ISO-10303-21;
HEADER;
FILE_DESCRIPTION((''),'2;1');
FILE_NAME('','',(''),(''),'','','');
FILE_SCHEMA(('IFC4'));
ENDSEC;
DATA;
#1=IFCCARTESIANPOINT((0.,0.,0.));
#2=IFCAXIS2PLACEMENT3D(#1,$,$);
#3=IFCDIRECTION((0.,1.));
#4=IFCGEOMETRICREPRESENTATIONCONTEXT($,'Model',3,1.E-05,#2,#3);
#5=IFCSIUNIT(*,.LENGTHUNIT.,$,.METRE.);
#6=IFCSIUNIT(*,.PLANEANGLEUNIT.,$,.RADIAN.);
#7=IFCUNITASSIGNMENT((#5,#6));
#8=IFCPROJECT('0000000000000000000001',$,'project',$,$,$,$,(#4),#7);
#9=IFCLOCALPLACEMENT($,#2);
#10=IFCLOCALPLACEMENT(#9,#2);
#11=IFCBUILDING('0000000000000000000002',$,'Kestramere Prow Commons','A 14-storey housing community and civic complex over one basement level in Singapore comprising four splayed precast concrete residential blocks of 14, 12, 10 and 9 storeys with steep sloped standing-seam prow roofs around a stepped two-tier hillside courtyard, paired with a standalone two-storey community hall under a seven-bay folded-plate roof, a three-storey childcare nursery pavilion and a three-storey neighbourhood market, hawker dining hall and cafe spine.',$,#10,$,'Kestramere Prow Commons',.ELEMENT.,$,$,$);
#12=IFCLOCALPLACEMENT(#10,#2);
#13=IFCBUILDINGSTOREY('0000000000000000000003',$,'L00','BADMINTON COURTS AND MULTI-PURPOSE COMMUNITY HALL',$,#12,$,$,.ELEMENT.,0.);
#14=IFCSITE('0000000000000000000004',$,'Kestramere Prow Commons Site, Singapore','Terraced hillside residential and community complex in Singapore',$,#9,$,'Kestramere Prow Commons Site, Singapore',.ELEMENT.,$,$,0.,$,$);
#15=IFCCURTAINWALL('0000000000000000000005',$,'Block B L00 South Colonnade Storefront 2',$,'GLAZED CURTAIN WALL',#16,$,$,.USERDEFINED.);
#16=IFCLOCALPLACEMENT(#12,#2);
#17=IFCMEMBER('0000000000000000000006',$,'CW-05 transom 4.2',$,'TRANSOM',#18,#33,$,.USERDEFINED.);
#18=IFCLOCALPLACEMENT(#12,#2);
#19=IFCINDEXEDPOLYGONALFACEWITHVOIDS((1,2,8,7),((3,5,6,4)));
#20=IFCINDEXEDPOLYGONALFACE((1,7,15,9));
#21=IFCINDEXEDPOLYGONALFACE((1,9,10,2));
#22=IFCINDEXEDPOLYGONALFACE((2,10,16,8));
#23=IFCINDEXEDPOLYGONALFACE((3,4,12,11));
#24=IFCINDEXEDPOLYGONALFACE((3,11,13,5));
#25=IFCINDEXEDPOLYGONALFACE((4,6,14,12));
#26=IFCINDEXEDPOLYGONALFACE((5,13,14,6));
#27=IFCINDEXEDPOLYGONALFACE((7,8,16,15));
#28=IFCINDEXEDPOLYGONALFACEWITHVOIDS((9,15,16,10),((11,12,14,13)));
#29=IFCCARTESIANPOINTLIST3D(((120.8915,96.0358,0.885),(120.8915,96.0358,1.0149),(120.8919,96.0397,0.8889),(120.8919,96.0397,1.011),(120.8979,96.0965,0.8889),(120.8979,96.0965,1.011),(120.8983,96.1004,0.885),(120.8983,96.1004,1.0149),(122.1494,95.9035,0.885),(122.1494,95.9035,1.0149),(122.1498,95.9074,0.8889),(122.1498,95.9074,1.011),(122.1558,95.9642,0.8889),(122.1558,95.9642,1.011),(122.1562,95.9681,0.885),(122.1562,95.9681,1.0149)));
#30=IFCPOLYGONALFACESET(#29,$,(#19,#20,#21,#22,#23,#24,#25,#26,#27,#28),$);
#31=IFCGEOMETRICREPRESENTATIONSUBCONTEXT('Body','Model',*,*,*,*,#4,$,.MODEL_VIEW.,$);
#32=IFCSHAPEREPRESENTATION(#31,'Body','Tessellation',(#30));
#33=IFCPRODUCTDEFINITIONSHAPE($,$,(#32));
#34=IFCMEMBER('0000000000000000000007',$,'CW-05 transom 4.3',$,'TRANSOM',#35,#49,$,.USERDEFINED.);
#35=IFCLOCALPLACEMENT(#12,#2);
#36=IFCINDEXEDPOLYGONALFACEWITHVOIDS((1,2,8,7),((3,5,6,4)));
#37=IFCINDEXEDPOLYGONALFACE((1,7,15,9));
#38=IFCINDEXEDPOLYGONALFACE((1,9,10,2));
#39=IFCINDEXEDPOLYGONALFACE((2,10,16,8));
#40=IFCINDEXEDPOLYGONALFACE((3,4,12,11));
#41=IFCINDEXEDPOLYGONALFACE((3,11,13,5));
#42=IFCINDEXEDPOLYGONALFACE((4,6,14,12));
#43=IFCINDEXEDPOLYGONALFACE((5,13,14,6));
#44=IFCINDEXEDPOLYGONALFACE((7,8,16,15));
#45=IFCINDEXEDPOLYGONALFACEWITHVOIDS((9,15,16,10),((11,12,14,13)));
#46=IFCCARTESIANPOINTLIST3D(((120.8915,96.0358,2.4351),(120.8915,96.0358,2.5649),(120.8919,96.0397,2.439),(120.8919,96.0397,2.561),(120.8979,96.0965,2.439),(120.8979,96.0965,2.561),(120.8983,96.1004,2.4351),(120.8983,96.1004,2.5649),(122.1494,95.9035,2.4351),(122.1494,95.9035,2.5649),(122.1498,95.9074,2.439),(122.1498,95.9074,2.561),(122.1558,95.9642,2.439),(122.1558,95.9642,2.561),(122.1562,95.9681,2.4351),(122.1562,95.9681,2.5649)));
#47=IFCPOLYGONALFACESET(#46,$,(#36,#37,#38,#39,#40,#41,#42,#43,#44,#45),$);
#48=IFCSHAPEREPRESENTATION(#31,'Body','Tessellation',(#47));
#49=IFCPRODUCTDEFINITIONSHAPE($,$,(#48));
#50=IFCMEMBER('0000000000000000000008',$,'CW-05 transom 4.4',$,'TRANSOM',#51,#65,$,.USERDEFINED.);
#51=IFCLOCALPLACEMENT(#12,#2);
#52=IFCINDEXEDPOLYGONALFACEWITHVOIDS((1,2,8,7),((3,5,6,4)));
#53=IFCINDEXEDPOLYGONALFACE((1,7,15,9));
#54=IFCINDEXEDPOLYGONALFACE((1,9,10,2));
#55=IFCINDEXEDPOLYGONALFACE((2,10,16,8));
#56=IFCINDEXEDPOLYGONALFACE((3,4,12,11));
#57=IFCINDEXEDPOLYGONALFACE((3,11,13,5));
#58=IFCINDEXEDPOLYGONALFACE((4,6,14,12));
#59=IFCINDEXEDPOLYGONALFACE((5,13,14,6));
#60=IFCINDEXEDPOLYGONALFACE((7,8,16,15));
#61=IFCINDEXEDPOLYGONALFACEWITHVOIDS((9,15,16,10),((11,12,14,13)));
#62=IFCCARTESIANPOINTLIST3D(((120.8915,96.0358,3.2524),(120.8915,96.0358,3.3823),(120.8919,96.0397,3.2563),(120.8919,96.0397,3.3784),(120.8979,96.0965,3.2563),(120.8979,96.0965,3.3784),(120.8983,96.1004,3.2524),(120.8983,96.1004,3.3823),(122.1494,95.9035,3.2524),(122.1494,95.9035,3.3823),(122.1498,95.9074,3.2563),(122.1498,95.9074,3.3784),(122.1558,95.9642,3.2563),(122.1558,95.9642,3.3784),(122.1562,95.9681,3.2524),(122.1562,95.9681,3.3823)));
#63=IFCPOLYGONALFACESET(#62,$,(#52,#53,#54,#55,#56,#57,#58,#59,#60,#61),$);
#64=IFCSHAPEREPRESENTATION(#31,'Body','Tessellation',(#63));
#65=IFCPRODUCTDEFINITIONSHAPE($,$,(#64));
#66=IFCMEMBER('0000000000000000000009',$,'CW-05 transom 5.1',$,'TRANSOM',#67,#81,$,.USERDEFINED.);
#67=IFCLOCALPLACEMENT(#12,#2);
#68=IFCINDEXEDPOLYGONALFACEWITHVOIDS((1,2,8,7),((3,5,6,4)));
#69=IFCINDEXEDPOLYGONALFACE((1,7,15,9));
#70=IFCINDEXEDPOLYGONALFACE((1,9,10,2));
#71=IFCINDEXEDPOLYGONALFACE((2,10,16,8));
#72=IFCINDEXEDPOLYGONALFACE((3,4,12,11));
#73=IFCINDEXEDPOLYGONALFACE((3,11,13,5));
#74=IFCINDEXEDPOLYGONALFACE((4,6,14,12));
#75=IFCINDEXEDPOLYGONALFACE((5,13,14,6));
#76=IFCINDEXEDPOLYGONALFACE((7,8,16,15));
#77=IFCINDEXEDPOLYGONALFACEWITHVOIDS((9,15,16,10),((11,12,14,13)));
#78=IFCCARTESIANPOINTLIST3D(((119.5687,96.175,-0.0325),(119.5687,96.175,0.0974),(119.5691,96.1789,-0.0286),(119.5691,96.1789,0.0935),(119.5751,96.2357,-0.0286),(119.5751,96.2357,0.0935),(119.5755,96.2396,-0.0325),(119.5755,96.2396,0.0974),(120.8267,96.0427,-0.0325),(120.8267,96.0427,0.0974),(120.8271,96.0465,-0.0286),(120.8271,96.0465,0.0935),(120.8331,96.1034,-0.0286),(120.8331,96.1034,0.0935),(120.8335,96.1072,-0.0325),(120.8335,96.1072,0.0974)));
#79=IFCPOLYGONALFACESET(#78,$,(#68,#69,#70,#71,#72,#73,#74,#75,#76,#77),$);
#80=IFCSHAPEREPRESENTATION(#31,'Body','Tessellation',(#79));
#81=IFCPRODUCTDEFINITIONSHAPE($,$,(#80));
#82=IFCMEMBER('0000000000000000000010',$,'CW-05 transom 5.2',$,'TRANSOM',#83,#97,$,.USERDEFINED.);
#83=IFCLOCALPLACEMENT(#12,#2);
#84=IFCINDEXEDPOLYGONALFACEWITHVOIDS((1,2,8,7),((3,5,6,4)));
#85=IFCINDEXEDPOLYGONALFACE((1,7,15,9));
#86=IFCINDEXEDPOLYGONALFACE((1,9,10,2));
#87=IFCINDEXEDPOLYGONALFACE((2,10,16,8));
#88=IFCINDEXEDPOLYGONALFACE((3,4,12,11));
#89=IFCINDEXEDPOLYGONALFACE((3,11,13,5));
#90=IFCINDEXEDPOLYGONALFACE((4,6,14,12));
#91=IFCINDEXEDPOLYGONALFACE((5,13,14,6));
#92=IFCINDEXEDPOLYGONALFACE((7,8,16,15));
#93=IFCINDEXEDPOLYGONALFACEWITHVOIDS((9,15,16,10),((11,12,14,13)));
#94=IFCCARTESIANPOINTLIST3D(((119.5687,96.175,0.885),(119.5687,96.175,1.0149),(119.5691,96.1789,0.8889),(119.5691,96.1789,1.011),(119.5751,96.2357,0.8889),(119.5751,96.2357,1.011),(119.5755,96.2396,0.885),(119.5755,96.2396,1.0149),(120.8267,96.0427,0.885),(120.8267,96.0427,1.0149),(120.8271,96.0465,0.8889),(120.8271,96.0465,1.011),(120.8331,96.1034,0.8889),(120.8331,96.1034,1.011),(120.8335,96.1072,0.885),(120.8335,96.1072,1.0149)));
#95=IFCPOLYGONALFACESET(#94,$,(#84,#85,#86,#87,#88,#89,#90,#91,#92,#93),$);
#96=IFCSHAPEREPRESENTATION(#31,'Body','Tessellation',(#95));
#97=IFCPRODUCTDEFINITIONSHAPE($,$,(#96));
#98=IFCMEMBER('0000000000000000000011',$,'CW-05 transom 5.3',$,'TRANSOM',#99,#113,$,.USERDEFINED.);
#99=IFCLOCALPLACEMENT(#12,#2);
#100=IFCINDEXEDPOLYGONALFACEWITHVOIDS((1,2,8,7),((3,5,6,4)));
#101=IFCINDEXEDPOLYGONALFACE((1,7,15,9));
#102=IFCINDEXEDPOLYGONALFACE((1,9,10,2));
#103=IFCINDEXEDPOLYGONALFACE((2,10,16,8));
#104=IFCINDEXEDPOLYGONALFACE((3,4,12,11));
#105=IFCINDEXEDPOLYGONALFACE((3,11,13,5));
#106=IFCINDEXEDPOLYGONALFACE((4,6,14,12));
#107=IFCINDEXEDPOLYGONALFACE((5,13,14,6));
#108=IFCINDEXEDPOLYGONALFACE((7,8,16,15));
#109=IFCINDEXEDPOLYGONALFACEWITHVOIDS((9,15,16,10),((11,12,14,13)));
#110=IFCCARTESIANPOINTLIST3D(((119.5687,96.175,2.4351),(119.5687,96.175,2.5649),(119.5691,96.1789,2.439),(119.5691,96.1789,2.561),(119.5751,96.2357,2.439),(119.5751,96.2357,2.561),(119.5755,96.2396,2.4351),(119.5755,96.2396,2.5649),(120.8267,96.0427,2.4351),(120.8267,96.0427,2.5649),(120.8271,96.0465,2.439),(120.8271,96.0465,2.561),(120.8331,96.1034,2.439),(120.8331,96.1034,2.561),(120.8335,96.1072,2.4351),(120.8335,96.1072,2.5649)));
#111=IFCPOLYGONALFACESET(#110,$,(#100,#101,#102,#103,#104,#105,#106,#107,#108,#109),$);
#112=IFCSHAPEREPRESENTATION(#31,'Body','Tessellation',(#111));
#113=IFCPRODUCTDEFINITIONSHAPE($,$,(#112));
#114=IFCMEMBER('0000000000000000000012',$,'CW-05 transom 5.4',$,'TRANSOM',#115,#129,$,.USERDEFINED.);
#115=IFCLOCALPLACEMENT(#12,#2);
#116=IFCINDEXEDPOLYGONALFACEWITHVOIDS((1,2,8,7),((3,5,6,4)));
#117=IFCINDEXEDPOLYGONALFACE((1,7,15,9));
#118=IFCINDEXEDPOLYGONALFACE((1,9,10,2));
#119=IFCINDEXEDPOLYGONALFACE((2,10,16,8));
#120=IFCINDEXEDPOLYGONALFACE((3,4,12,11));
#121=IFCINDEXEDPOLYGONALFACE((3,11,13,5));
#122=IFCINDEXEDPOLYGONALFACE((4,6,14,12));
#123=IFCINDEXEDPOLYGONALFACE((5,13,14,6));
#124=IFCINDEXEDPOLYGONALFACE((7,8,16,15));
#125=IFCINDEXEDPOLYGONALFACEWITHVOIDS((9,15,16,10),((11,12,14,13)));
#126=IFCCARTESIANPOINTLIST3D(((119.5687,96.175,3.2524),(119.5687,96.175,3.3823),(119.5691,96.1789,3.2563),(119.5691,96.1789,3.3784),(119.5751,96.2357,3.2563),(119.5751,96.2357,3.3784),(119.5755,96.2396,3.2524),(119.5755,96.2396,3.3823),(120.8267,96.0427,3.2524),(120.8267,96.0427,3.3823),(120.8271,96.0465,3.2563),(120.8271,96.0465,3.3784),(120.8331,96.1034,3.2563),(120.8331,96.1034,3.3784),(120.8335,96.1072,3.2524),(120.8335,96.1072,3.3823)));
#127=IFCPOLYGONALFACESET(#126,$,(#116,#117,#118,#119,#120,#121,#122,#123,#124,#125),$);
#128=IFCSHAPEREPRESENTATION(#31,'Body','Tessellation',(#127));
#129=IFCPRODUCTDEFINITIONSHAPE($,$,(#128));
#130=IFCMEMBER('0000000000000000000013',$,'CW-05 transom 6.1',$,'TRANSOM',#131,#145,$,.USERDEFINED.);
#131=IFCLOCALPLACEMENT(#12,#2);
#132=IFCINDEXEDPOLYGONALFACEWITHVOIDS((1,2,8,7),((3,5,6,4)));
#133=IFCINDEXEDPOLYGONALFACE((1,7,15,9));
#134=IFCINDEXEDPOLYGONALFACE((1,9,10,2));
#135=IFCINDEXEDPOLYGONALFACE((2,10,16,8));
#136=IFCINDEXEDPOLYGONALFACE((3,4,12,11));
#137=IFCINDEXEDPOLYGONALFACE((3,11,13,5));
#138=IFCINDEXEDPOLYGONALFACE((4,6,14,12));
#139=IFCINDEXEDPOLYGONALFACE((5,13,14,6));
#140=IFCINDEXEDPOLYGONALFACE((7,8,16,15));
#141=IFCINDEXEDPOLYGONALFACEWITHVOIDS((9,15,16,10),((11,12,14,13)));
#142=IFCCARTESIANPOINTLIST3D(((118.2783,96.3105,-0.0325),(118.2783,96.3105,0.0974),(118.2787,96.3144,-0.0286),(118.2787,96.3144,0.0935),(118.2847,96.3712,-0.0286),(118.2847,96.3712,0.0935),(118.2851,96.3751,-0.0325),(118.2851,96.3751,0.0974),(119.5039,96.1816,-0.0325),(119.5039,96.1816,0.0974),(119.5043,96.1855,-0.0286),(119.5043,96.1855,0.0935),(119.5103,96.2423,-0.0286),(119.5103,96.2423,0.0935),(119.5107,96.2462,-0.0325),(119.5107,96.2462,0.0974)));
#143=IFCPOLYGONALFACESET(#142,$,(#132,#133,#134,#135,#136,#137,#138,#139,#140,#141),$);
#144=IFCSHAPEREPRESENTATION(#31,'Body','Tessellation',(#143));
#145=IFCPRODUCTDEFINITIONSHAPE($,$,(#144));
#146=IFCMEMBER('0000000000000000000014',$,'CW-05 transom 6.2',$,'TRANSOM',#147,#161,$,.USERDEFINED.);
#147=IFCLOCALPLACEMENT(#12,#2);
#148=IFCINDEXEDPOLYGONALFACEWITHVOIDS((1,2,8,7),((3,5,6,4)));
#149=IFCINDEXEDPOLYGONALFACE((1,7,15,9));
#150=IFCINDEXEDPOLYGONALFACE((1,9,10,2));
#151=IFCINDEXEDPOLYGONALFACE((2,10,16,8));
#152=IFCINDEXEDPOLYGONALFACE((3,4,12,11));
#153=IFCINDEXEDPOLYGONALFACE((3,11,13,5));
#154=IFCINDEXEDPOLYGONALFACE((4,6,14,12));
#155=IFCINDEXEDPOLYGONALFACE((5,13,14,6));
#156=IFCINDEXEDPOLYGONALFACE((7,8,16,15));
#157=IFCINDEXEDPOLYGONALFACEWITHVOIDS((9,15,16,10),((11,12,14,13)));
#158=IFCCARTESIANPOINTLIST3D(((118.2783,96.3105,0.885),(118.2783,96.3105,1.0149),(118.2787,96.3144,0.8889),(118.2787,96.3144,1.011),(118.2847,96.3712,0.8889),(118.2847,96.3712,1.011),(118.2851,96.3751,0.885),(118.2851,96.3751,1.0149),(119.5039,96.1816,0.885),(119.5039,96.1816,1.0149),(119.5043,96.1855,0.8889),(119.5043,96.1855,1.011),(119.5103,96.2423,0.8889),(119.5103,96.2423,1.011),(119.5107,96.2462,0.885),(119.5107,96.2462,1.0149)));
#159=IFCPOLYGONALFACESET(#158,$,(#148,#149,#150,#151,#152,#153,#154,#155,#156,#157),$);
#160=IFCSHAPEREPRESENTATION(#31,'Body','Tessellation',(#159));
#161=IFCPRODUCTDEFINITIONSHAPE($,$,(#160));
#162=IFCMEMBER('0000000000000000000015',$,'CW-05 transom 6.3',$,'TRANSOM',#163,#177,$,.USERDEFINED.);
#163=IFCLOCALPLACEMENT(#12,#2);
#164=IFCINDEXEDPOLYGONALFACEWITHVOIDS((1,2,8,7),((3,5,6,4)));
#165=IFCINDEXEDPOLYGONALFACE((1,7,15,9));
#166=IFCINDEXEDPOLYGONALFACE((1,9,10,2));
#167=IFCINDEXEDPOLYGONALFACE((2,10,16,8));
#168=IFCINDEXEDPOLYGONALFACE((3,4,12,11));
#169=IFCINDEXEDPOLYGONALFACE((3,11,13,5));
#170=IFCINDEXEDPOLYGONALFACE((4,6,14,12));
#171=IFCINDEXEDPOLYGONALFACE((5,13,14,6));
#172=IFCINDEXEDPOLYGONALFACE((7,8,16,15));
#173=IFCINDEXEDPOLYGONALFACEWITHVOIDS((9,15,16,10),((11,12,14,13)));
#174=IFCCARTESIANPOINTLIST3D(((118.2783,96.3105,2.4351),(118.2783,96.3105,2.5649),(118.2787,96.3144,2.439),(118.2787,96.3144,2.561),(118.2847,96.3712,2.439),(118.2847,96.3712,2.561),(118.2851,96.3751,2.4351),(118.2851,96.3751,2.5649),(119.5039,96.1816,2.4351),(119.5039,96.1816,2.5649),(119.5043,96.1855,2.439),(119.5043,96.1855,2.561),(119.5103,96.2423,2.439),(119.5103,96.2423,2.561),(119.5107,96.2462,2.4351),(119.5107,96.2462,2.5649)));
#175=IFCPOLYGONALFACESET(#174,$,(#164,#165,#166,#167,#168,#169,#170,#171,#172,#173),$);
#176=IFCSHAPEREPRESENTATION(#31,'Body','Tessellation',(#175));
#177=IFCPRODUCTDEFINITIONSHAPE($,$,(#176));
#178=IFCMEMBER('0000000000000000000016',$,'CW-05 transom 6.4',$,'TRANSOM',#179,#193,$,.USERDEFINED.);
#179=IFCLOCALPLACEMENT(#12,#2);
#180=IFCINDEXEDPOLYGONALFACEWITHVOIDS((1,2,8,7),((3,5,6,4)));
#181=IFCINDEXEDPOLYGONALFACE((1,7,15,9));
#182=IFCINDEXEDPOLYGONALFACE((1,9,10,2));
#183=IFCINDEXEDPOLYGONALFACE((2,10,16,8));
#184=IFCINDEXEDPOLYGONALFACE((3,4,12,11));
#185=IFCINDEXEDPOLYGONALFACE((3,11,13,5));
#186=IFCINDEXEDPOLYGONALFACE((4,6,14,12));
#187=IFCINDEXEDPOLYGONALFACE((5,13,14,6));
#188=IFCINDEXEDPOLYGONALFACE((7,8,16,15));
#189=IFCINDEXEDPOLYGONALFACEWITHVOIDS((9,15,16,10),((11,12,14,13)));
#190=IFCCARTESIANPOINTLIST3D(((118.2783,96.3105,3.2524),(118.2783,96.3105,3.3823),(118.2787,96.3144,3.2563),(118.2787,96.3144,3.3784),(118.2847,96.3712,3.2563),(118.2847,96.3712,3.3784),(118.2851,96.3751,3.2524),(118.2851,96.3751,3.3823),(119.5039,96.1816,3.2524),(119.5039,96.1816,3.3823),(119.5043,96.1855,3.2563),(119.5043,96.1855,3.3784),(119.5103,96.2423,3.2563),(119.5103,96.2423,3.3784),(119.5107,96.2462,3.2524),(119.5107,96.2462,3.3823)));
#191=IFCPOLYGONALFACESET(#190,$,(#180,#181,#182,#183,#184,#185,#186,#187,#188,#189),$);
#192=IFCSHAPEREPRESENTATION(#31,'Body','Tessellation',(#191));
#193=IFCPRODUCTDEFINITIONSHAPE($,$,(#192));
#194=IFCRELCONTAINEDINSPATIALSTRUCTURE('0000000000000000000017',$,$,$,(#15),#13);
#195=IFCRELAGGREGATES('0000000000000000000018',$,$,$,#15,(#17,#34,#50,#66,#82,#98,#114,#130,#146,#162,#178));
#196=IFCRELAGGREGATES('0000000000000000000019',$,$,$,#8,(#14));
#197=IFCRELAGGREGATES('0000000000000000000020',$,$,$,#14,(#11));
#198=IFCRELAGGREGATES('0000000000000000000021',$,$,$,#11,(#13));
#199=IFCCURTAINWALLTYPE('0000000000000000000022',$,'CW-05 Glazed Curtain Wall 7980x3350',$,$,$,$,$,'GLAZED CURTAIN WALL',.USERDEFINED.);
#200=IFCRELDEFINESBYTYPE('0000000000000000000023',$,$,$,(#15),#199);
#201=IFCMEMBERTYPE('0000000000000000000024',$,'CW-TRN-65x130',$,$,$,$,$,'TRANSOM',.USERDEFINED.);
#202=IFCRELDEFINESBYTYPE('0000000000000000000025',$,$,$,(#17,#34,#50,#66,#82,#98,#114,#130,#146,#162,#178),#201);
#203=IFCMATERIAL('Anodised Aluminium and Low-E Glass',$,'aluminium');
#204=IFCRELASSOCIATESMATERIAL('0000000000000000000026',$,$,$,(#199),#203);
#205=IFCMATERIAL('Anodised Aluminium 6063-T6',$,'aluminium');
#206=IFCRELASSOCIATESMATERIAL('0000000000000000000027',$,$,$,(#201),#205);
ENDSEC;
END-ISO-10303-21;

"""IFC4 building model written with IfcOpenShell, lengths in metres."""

from ifc_helpers import new_model, si_unit, direction, frame, origin, origin_2d, place, context, subcontext, project, spatial, hollow_rectangle, extrude, material, material_profile, profile_set, type_object, element, aggregate, save


model = new_model("IFC4")

# Units and contexts
model_context = context("Model", 3, precision=1e-05, world=origin(), true_north=direction((0.0, 1.0)))
body_context = subcontext(model_context, "Body", "Model", "MODEL_VIEW")
ifc_project = project(units=[si_unit("LENGTHUNIT", "METRE"), si_unit("PLANEANGLEUNIT", "RADIAN")], contexts=[model_context])

# Site, building, storey
site_placement = place(None, origin())
site = spatial("IfcSite", under=ifc_project, at=site_placement, Name="Kestramere Prow Commons Site, Singapore", Description="Terraced hillside residential and community complex in Singapore", LongName="Kestramere Prow Commons Site, Singapore", CompositionType="ELEMENT", RefElevation=0.0)
building_placement = place(site_placement, origin())
building = spatial("IfcBuilding", under=site, at=building_placement, Name="Kestramere Prow Commons", Description="A 14-storey housing community and civic complex over one basement level in Singapore comprising four splayed precast concrete residential blocks of 14, 12, 10 and 9 storeys with steep sloped standing-seam prow roofs around a stepped two-tier hillside courtyard, paired with a standalone two-storey community hall under a seven-bay folded-plate roof, a three-storey childcare nursery pavilion and a three-storey neighbourhood market, hawker dining hall and cafe spine.", LongName="Kestramere Prow Commons", CompositionType="ELEMENT")
storey_placement = place(building_placement, origin())
storey = spatial("IfcBuildingStorey", under=building, at=storey_placement, Name="L00", Description="BADMINTON COURTS AND MULTI-PURPOSE COMMUNITY HALL", CompositionType="ELEMENT", Elevation=0.0)

# Curtain wall, members
ifc_material_1 = material(Name="Anodised Aluminium and Low-E Glass", Category="aluminium")
curtain_wall_type = type_object("IfcCurtainWallType", Name="CW-05 Glazed Curtain Wall 7980x3350", ElementType="GLAZED CURTAIN WALL", PredefinedType="USERDEFINED", material=ifc_material_1)
curtain_wall_placement = place(storey_placement, origin())
curtain_wall = element("IfcCurtainWall", 1, at=curtain_wall_placement, inside=storey, type_object=curtain_wall_type, Name="Block B L00 South Colonnade Storefront 2", ObjectType="GLAZED CURTAIN WALL", PredefinedType="USERDEFINED")
ifc_material_2 = material(Name="Anodised Aluminium 6063-T6", Category="aluminium")
ifc_material_profile_1 = material_profile(ifc_material_2, hollow_rectangle(XDim=0.0649, YDim=0.1299, WallThickness=0.0039, at=origin_2d()), Name="ALU-TRN 65x130")
ifc_profile_set_1 = profile_set([ifc_material_profile_1], Name="Anodised Aluminium 6063-T6")
member_type_1 = type_object("IfcMemberType", Name="CW-TRN-65x130", ElementType="TRANSOM", PredefinedType="USERDEFINED", material=ifc_profile_set_1)
member_1_placement = place(storey_placement, frame((122.1528, 95.9358, 0.95), z_axis=(-0.994514, 0.104604, 0.0), x_axis=(-0.104604, -0.994514, 0.0)))
member_1 = element("IfcMember", 2, at=member_1_placement, type_object=member_type_1, Name="CW-05 transom 4.2", ObjectType="TRANSOM", PredefinedType="USERDEFINED", context=body_context, shape_type="SweptSolid", body=[
    extrude(hollow_rectangle(XDim=0.0649, YDim=0.1299, WallThickness=0.0039, at=origin_2d()), origin(), (0.0, 0.0, 1.0), 1.2649),
])
member_2_placement = place(storey_placement, frame((122.1528, 95.9358, 2.5), z_axis=(-0.994514, 0.104604, 0.0), x_axis=(-0.104604, -0.994514, 0.0)))
member_2 = element("IfcMember", 3, at=member_2_placement, type_object=member_type_1, Name="CW-05 transom 4.3", ObjectType="TRANSOM", PredefinedType="USERDEFINED", context=body_context, shape_type="SweptSolid", body=[
    extrude(hollow_rectangle(XDim=0.0649, YDim=0.1299, WallThickness=0.0039, at=origin_2d()), origin(), (0.0, 0.0, 1.0), 1.2649),
])
member_3_placement = place(storey_placement, frame((122.1528, 95.9358, 3.3174), z_axis=(-0.994514, 0.104604, 0.0), x_axis=(-0.104604, -0.994514, 0.0)))
member_3 = element("IfcMember", 4, at=member_3_placement, type_object=member_type_1, Name="CW-05 transom 4.4", ObjectType="TRANSOM", PredefinedType="USERDEFINED", context=body_context, shape_type="SweptSolid", body=[
    extrude(hollow_rectangle(XDim=0.0649, YDim=0.1299, WallThickness=0.0039, at=origin_2d()), origin(), (0.0, 0.0, 1.0), 1.2649),
])
member_4_placement = place(storey_placement, frame((120.8301, 96.075, 0.0325), z_axis=(-0.994514, 0.104604, 0.0), x_axis=(-0.104604, -0.994514, 0.0)))
member_4 = element("IfcMember", 5, at=member_4_placement, type_object=member_type_1, Name="CW-05 transom 5.1", ObjectType="TRANSOM", PredefinedType="USERDEFINED", context=body_context, shape_type="SweptSolid", body=[
    extrude(hollow_rectangle(XDim=0.0649, YDim=0.1299, WallThickness=0.0039, at=origin_2d()), origin(), (0.0, 0.0, 1.0), 1.2649),
])
member_5_placement = place(storey_placement, frame((120.8301, 96.075, 0.95), z_axis=(-0.994514, 0.104604, 0.0), x_axis=(-0.104604, -0.994514, 0.0)))
member_5 = element("IfcMember", 6, at=member_5_placement, type_object=member_type_1, Name="CW-05 transom 5.2", ObjectType="TRANSOM", PredefinedType="USERDEFINED", context=body_context, shape_type="SweptSolid", body=[
    extrude(hollow_rectangle(XDim=0.0649, YDim=0.1299, WallThickness=0.0039, at=origin_2d()), origin(), (0.0, 0.0, 1.0), 1.2649),
])
member_6_placement = place(storey_placement, frame((120.8301, 96.075, 2.5), z_axis=(-0.994514, 0.104604, 0.0), x_axis=(-0.104604, -0.994514, 0.0)))
member_6 = element("IfcMember", 7, at=member_6_placement, type_object=member_type_1, Name="CW-05 transom 5.3", ObjectType="TRANSOM", PredefinedType="USERDEFINED", context=body_context, shape_type="SweptSolid", body=[
    extrude(hollow_rectangle(XDim=0.0649, YDim=0.1299, WallThickness=0.0039, at=origin_2d()), origin(), (0.0, 0.0, 1.0), 1.2649),
])
member_7_placement = place(storey_placement, frame((120.8301, 96.075, 3.3174), z_axis=(-0.994514, 0.104604, 0.0), x_axis=(-0.104604, -0.994514, 0.0)))
member_7 = element("IfcMember", 8, at=member_7_placement, type_object=member_type_1, Name="CW-05 transom 5.4", ObjectType="TRANSOM", PredefinedType="USERDEFINED", context=body_context, shape_type="SweptSolid", body=[
    extrude(hollow_rectangle(XDim=0.0649, YDim=0.1299, WallThickness=0.0039, at=origin_2d()), origin(), (0.0, 0.0, 1.0), 1.2649),
])
member_8_placement = place(storey_placement, frame((119.5073, 96.2139, 0.0325), z_axis=(-0.994514, 0.104602, 0.0), x_axis=(-0.104602, -0.994514, 0.0)))
member_8 = element("IfcMember", 9, at=member_8_placement, type_object=member_type_1, Name="CW-05 transom 6.1", ObjectType="TRANSOM", PredefinedType="USERDEFINED", context=body_context, shape_type="SweptSolid", body=[
    extrude(hollow_rectangle(XDim=0.0649, YDim=0.1299, WallThickness=0.0039, at=origin_2d()), origin(), (0.0, 0.0, 1.0), 1.2324),
])
member_9_placement = place(storey_placement, frame((119.5073, 96.2139, 0.95), z_axis=(-0.994514, 0.104602, 0.0), x_axis=(-0.104602, -0.994514, 0.0)))
member_9 = element("IfcMember", 10, at=member_9_placement, type_object=member_type_1, Name="CW-05 transom 6.2", ObjectType="TRANSOM", PredefinedType="USERDEFINED", context=body_context, shape_type="SweptSolid", body=[
    extrude(hollow_rectangle(XDim=0.0649, YDim=0.1299, WallThickness=0.0039, at=origin_2d()), origin(), (0.0, 0.0, 1.0), 1.2324),
])
member_10_placement = place(storey_placement, frame((119.5073, 96.2139, 2.5), z_axis=(-0.994514, 0.104602, 0.0), x_axis=(-0.104602, -0.994514, 0.0)))
member_10 = element("IfcMember", 11, at=member_10_placement, type_object=member_type_1, Name="CW-05 transom 6.3", ObjectType="TRANSOM", PredefinedType="USERDEFINED", context=body_context, shape_type="SweptSolid", body=[
    extrude(hollow_rectangle(XDim=0.0649, YDim=0.1299, WallThickness=0.0039, at=origin_2d()), origin(), (0.0, 0.0, 1.0), 1.2324),
])
member_11_placement = place(storey_placement, frame((119.5073, 96.2139, 3.3174), z_axis=(-0.994514, 0.104602, 0.0), x_axis=(-0.104602, -0.994514, 0.0)))
member_11 = element("IfcMember", 12, at=member_11_placement, type_object=member_type_1, Name="CW-05 transom 6.4", ObjectType="TRANSOM", PredefinedType="USERDEFINED", context=body_context, shape_type="SweptSolid", body=[
    extrude(hollow_rectangle(XDim=0.0649, YDim=0.1299, WallThickness=0.0039, at=origin_2d()), origin(), (0.0, 0.0, 1.0), 1.2324),
])
aggregate(curtain_wall, [member_1, member_2, member_3, member_4, member_5, member_6, member_7, member_8, member_9, member_10, member_11])

save(model, "model.ifc")
